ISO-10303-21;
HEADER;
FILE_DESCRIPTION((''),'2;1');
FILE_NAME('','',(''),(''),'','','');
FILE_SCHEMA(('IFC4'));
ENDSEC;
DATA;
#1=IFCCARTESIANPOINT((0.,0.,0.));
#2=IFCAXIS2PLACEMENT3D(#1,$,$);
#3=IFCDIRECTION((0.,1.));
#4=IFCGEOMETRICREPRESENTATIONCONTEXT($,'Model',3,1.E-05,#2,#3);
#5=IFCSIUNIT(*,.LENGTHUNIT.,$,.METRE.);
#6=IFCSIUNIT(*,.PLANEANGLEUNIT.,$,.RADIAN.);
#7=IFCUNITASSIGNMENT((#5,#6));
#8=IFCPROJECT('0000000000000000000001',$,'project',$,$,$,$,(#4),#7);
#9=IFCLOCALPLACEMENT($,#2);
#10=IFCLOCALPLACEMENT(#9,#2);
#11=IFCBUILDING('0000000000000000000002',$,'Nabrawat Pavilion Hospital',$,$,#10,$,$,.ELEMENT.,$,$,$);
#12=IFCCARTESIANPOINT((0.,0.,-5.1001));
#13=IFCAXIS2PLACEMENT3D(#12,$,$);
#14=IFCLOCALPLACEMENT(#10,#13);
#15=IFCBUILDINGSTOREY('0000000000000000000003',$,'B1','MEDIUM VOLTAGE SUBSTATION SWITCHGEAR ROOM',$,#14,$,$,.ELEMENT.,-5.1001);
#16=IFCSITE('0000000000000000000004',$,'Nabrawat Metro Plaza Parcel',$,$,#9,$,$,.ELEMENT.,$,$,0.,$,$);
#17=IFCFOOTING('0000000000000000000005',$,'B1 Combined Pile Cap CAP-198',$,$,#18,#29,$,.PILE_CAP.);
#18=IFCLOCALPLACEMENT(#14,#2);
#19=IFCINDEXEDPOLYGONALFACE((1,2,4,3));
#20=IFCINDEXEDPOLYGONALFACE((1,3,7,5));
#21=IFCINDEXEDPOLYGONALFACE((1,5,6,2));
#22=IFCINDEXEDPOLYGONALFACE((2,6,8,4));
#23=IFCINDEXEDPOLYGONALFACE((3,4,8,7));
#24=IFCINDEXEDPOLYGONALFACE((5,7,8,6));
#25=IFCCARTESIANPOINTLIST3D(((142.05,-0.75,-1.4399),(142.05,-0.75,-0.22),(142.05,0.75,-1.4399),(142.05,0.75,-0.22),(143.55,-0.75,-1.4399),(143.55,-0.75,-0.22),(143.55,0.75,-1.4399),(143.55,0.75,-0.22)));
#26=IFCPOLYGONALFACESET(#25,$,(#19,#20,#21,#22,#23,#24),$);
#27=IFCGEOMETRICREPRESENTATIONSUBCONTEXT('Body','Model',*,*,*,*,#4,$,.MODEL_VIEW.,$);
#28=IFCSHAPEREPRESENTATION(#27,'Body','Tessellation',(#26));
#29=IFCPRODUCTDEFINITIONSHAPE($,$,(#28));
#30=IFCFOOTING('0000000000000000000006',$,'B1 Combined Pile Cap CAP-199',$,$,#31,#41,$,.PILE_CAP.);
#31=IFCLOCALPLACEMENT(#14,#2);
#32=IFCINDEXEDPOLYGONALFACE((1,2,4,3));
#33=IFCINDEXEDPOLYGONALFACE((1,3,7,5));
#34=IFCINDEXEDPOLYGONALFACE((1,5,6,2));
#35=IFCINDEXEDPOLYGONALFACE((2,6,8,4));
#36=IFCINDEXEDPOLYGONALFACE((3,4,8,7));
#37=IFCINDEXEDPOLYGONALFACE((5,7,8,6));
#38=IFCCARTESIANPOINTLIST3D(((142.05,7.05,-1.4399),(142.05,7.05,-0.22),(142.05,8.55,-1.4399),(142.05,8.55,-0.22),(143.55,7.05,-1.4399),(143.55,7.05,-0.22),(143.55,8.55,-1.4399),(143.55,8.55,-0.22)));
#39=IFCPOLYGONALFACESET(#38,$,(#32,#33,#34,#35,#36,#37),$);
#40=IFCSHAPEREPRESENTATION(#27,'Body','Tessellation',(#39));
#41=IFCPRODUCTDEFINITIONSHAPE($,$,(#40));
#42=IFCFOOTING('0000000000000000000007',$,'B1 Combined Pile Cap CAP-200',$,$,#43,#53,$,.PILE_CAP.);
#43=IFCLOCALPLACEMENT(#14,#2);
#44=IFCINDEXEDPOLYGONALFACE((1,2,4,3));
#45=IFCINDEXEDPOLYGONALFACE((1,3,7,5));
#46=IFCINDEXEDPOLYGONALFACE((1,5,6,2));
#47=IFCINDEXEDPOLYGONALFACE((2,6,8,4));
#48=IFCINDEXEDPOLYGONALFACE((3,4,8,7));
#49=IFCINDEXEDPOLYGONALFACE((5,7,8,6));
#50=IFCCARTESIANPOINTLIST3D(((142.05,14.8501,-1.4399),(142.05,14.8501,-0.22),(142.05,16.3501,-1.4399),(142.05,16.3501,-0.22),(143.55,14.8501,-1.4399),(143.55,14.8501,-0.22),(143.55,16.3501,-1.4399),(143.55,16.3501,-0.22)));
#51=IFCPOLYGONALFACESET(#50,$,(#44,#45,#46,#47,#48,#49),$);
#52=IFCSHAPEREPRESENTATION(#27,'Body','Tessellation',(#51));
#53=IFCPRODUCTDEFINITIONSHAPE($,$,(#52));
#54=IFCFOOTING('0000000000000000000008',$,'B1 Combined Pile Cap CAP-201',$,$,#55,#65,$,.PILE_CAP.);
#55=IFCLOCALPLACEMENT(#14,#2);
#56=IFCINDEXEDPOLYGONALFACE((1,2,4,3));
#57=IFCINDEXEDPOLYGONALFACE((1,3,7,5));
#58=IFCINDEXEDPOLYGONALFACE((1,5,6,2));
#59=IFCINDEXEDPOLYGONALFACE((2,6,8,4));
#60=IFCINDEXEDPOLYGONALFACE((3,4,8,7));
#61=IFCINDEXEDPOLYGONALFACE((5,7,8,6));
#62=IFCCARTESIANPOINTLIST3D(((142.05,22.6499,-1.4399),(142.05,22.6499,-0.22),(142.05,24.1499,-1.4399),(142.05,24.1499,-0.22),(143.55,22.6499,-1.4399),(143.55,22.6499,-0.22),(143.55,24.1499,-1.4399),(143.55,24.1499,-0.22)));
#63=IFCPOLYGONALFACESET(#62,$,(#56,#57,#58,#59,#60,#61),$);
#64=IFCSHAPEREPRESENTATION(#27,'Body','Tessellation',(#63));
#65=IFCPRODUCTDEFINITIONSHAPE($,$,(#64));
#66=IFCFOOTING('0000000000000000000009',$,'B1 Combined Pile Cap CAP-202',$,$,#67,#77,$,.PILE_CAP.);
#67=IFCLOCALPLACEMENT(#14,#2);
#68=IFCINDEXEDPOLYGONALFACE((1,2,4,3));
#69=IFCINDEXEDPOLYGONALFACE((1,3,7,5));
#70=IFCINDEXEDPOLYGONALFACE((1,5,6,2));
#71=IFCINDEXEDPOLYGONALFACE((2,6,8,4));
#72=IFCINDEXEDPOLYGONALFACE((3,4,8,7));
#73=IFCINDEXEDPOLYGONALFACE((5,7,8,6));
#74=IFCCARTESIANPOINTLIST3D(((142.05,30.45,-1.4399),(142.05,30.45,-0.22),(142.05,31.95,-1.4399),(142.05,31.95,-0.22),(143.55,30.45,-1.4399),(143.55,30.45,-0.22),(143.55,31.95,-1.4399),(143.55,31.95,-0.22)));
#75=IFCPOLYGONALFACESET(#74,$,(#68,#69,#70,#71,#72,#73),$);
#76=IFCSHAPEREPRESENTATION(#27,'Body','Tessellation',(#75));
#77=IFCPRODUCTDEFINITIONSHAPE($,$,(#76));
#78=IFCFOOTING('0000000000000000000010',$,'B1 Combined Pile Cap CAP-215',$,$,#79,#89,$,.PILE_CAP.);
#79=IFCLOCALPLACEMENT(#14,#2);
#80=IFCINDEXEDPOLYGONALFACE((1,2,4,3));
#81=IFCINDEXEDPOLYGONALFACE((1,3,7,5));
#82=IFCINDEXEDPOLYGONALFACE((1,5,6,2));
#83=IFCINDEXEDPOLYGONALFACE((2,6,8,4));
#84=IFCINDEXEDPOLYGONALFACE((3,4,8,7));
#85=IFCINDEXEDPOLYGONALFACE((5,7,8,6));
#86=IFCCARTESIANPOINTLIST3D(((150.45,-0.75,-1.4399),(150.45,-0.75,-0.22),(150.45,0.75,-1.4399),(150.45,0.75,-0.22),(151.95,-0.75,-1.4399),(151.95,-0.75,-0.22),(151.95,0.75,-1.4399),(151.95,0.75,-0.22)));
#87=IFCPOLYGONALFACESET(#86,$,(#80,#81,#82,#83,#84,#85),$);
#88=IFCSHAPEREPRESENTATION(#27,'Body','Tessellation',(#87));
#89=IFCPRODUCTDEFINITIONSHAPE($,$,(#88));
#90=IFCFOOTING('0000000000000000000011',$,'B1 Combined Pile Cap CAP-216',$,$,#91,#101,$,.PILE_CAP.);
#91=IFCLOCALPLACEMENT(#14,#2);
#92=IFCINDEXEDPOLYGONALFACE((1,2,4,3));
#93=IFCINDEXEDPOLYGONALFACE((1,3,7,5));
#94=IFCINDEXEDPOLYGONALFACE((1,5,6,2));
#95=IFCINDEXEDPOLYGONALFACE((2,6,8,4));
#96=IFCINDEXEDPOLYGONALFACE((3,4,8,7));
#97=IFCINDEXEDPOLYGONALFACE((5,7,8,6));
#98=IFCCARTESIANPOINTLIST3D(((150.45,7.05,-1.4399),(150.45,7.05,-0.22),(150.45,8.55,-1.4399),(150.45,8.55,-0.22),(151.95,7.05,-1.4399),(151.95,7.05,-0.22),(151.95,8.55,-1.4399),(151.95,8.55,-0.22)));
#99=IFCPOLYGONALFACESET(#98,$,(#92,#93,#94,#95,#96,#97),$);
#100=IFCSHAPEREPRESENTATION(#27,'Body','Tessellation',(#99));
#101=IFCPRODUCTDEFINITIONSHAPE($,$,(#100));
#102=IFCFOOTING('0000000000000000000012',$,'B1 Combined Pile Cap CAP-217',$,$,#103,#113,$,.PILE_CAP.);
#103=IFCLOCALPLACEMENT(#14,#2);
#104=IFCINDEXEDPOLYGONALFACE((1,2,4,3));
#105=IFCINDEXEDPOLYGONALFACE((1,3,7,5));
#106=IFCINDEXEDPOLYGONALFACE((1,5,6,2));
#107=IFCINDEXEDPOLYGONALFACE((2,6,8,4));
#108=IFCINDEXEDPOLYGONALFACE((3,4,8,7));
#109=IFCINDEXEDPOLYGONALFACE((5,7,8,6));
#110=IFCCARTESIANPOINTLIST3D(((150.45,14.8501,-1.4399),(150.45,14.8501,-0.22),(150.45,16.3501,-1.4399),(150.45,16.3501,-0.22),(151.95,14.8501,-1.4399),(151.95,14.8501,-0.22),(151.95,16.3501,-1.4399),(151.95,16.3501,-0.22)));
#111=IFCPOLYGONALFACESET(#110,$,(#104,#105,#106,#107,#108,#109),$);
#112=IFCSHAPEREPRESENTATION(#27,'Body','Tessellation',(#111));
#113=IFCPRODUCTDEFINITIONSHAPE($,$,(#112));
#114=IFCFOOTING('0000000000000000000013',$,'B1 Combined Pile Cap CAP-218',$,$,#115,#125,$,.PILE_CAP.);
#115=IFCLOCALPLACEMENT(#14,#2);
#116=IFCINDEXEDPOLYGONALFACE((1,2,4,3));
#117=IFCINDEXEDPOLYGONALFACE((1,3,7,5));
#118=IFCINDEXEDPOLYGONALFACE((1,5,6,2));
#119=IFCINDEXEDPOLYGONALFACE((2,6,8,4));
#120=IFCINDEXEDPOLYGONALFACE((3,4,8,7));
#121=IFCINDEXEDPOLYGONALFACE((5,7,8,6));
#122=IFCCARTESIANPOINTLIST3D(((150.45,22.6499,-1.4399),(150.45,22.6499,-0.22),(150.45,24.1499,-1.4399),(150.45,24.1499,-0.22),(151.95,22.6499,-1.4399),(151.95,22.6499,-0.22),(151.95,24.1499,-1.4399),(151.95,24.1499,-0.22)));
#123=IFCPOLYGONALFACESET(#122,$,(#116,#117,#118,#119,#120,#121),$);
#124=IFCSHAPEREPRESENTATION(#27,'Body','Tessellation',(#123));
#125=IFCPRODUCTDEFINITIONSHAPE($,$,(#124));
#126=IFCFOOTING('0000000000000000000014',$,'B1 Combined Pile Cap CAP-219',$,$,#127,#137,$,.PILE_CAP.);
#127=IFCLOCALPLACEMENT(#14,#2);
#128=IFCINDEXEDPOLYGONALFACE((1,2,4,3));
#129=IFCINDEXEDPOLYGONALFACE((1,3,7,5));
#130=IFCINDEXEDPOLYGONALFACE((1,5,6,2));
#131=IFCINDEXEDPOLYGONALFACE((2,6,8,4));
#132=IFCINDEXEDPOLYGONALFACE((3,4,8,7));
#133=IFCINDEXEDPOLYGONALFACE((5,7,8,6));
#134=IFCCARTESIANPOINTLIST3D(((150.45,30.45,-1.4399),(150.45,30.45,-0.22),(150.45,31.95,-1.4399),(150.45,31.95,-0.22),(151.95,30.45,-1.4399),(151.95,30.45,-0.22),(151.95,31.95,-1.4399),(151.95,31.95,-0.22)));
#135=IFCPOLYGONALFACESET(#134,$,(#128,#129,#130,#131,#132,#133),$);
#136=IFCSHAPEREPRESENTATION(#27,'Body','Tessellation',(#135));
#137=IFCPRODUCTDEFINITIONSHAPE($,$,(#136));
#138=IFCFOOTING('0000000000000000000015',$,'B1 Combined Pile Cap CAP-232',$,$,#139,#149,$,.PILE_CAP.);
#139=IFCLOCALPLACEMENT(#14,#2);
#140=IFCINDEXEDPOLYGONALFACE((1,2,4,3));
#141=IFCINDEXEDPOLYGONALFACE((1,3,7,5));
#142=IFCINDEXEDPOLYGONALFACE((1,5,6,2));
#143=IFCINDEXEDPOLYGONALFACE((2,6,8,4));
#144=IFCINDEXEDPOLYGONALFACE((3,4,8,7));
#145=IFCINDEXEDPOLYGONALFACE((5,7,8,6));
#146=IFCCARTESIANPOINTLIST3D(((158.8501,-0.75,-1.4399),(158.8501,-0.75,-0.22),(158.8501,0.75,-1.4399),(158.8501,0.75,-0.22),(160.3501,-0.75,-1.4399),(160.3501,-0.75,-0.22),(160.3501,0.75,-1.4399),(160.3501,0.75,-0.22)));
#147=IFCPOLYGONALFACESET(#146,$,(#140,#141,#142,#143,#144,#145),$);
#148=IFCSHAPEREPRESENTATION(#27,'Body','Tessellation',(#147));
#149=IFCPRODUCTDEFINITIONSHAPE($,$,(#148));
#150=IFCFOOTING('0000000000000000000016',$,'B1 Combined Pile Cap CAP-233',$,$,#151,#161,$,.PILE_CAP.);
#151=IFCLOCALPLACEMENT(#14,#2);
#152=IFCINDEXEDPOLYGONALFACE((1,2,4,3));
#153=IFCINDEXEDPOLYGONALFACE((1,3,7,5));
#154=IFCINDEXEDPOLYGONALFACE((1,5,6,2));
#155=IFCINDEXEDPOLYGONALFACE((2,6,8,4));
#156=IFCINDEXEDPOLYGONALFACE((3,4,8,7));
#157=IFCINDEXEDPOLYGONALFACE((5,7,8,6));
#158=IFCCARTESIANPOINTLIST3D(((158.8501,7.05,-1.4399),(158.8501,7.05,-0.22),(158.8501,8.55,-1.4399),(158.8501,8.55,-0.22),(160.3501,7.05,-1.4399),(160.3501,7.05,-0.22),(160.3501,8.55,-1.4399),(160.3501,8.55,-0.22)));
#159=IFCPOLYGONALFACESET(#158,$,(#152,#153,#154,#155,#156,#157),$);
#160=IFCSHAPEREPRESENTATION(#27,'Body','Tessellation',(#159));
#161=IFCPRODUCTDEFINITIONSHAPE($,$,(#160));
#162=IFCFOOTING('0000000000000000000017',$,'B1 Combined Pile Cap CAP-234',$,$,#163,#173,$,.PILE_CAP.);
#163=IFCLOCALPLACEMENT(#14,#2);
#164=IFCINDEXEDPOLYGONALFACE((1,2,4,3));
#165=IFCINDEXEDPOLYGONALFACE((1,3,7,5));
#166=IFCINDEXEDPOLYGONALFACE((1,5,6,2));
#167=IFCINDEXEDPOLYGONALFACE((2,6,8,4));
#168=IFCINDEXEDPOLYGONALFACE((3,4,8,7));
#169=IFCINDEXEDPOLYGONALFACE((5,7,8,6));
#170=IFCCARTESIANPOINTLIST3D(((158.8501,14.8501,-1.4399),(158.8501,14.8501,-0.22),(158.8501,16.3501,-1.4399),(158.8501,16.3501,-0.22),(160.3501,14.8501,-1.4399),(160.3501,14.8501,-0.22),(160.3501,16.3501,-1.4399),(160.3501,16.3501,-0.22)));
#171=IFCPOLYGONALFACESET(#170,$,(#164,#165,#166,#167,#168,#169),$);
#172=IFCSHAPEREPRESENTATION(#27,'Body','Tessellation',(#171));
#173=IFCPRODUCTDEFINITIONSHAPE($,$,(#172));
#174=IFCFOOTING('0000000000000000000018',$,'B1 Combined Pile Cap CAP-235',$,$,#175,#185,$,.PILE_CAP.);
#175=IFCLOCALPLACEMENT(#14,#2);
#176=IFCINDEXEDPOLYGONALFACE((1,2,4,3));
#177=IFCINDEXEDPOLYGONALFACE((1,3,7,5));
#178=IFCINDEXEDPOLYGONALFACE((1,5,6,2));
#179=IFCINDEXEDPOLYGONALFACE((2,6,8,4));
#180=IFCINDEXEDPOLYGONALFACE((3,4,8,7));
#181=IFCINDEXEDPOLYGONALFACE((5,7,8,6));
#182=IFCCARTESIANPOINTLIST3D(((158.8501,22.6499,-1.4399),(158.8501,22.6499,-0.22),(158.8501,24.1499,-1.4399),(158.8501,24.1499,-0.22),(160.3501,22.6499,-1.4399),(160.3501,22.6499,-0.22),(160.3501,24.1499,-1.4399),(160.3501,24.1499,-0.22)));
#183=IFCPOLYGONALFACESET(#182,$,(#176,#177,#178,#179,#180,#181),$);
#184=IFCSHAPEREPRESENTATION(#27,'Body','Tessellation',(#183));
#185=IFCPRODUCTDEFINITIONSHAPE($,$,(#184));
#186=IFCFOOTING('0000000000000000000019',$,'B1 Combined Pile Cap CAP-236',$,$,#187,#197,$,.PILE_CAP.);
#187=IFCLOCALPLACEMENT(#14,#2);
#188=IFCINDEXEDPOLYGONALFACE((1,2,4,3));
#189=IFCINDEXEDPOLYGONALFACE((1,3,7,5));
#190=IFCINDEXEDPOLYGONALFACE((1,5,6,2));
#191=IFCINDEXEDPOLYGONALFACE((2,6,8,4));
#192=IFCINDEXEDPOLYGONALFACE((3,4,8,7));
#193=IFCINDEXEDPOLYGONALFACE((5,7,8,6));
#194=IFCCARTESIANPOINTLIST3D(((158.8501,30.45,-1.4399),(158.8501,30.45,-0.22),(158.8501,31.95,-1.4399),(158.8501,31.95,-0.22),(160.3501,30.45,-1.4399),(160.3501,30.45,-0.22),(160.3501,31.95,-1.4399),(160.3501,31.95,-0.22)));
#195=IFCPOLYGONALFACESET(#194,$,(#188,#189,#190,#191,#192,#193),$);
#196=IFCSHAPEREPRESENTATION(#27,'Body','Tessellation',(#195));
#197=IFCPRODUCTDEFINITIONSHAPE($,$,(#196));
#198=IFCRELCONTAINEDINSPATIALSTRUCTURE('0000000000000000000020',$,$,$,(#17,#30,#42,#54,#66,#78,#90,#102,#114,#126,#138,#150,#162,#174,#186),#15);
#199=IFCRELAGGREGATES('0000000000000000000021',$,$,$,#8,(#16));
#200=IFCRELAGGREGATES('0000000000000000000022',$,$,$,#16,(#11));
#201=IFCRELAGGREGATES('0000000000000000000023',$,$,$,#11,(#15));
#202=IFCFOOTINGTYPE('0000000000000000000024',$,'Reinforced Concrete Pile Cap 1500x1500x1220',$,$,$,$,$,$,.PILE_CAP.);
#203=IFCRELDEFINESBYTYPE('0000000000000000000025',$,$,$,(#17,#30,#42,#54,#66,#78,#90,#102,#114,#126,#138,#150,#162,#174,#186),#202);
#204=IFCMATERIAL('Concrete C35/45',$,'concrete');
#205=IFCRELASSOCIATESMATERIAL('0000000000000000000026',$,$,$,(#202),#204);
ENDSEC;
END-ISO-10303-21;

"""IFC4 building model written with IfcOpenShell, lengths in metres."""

from ifc_helpers import new_model, si_unit, direction, frame, origin, place, context, subcontext, project, spatial, polyline, outline, extrude, material, type_object, element, save


model = new_model("IFC4")

# Units and contexts
model_context = context("Model", 3, precision=1e-05, world=origin(), true_north=direction((0.0, 1.0)))
body_context = subcontext(model_context, "Body", "Model", "MODEL_VIEW")
ifc_project = project(units=[si_unit("LENGTHUNIT", "METRE"), si_unit("PLANEANGLEUNIT", "RADIAN")], contexts=[model_context])

# Site, building, storey
site_placement = place(None, origin())
site = spatial("IfcSite", under=ifc_project, at=site_placement, Name="Nabrawat Metro Plaza Parcel", CompositionType="ELEMENT", RefElevation=0.0)
building_placement = place(site_placement, origin())
building = spatial("IfcBuilding", under=site, at=building_placement, Name="Nabrawat Pavilion Hospital", CompositionType="ELEMENT")
storey_placement = place(building_placement, frame((0.0, 0.0, -5.1001)))
storey = spatial("IfcBuildingStorey", under=building, at=storey_placement, Name="B1", Description="MEDIUM VOLTAGE SUBSTATION SWITCHGEAR ROOM", CompositionType="ELEMENT", Elevation=-5.1001)

# Footings
ifc_material = material(Name="Concrete C35/45", Category="concrete")
footing_type = type_object("IfcFootingType", Name="Reinforced Concrete Pile Cap 1500x1500x1220", PredefinedType="PILE_CAP", material=ifc_material)
footing_1_placement = place(storey_placement, frame((0.0, 0.0, -1.4399)))
element("IfcFooting", 1, at=footing_1_placement, inside=storey, type_object=footing_type, Name="B1 Combined Pile Cap CAP-198", PredefinedType="PILE_CAP", context=body_context, shape_type="SweptSolid", body=[
    extrude(outline(polyline([(143.55, -0.75), (143.55, 0.75), (142.05, 0.75), (142.05, -0.75), (143.55, -0.75)])), origin(), (0.0, 0.0, 1.0), 1.22),
])
footing_2_placement = place(storey_placement, frame((0.0, 0.0, -1.4399)))
element("IfcFooting", 2, at=footing_2_placement, inside=storey, type_object=footing_type, Name="B1 Combined Pile Cap CAP-199", PredefinedType="PILE_CAP", context=body_context, shape_type="SweptSolid", body=[
    extrude(outline(polyline([(143.55, 7.05), (143.55, 8.55), (142.05, 8.55), (142.05, 7.05), (143.55, 7.05)])), origin(), (0.0, 0.0, 1.0), 1.22),
])
footing_3_placement = place(storey_placement, frame((0.0, 0.0, -1.4399)))
element("IfcFooting", 3, at=footing_3_placement, inside=storey, type_object=footing_type, Name="B1 Combined Pile Cap CAP-200", PredefinedType="PILE_CAP", context=body_context, shape_type="SweptSolid", body=[
    extrude(outline(polyline([(143.55, 14.8501), (143.55, 16.3501), (142.05, 16.3501), (142.05, 14.8501), (143.55, 14.8501)])), origin(), (0.0, 0.0, 1.0), 1.22),
])
footing_4_placement = place(storey_placement, frame((0.0, 0.0, -1.4399)))
element("IfcFooting", 4, at=footing_4_placement, inside=storey, type_object=footing_type, Name="B1 Combined Pile Cap CAP-201", PredefinedType="PILE_CAP", context=body_context, shape_type="SweptSolid", body=[
    extrude(outline(polyline([(143.55, 22.6499), (143.55, 24.1499), (142.05, 24.1499), (142.05, 22.6499), (143.55, 22.6499)])), origin(), (0.0, 0.0, 1.0), 1.22),
])
footing_5_placement = place(storey_placement, frame((0.0, 0.0, -1.4399)))
element("IfcFooting", 5, at=footing_5_placement, inside=storey, type_object=footing_type, Name="B1 Combined Pile Cap CAP-202", PredefinedType="PILE_CAP", context=body_context, shape_type="SweptSolid", body=[
    extrude(outline(polyline([(143.55, 30.45), (143.55, 31.95), (142.05, 31.95), (142.05, 30.45), (143.55, 30.45)])), origin(), (0.0, 0.0, 1.0), 1.22),
])
footing_6_placement = place(storey_placement, frame((0.0, 0.0, -1.4399)))
element("IfcFooting", 6, at=footing_6_placement, inside=storey, type_object=footing_type, Name="B1 Combined Pile Cap CAP-215", PredefinedType="PILE_CAP", context=body_context, shape_type="SweptSolid", body=[
    extrude(outline(polyline([(151.95, -0.75), (151.95, 0.75), (150.45, 0.75), (150.45, -0.75), (151.95, -0.75)])), origin(), (0.0, 0.0, 1.0), 1.22),
])
footing_7_placement = place(storey_placement, frame((0.0, 0.0, -1.4399)))
element("IfcFooting", 7, at=footing_7_placement, inside=storey, type_object=footing_type, Name="B1 Combined Pile Cap CAP-216", PredefinedType="PILE_CAP", context=body_context, shape_type="SweptSolid", body=[
    extrude(outline(polyline([(151.95, 7.05), (151.95, 8.55), (150.45, 8.55), (150.45, 7.05), (151.95, 7.05)])), origin(), (0.0, 0.0, 1.0), 1.22),
])
footing_8_placement = place(storey_placement, frame((0.0, 0.0, -1.4399)))
element("IfcFooting", 8, at=footing_8_placement, inside=storey, type_object=footing_type, Name="B1 Combined Pile Cap CAP-217", PredefinedType="PILE_CAP", context=body_context, shape_type="SweptSolid", body=[
    extrude(outline(polyline([(151.95, 14.8501), (151.95, 16.3501), (150.45, 16.3501), (150.45, 14.8501), (151.95, 14.8501)])), origin(), (0.0, 0.0, 1.0), 1.22),
])
footing_9_placement = place(storey_placement, frame((0.0, 0.0, -1.4399)))
element("IfcFooting", 9, at=footing_9_placement, inside=storey, type_object=footing_type, Name="B1 Combined Pile Cap CAP-218", PredefinedType="PILE_CAP", context=body_context, shape_type="SweptSolid", body=[
    extrude(outline(polyline([(151.95, 22.6499), (151.95, 24.1499), (150.45, 24.1499), (150.45, 22.6499), (151.95, 22.6499)])), origin(), (0.0, 0.0, 1.0), 1.22),
])
footing_10_placement = place(storey_placement, frame((0.0, 0.0, -1.4399)))
element("IfcFooting", 10, at=footing_10_placement, inside=storey, type_object=footing_type, Name="B1 Combined Pile Cap CAP-219", PredefinedType="PILE_CAP", context=body_context, shape_type="SweptSolid", body=[
    extrude(outline(polyline([(151.95, 30.45), (151.95, 31.95), (150.45, 31.95), (150.45, 30.45), (151.95, 30.45)])), origin(), (0.0, 0.0, 1.0), 1.22),
])
footing_11_placement = place(storey_placement, frame((0.0, 0.0, -1.4399)))
element("IfcFooting", 11, at=footing_11_placement, inside=storey, type_object=footing_type, Name="B1 Combined Pile Cap CAP-232", PredefinedType="PILE_CAP", context=body_context, shape_type="SweptSolid", body=[
    extrude(outline(polyline([(160.3501, -0.75), (160.3501, 0.75), (158.8501, 0.75), (158.8501, -0.75), (160.3501, -0.75)])), origin(), (0.0, 0.0, 1.0), 1.22),
])
footing_12_placement = place(storey_placement, frame((0.0, 0.0, -1.4399)))
element("IfcFooting", 12, at=footing_12_placement, inside=storey, type_object=footing_type, Name="B1 Combined Pile Cap CAP-233", PredefinedType="PILE_CAP", context=body_context, shape_type="SweptSolid", body=[
    extrude(outline(polyline([(160.3501, 7.05), (160.3501, 8.55), (158.8501, 8.55), (158.8501, 7.05), (160.3501, 7.05)])), origin(), (0.0, 0.0, 1.0), 1.22),
])
footing_13_placement = place(storey_placement, frame((0.0, 0.0, -1.4399)))
element("IfcFooting", 13, at=footing_13_placement, inside=storey, type_object=footing_type, Name="B1 Combined Pile Cap CAP-234", PredefinedType="PILE_CAP", context=body_context, shape_type="SweptSolid", body=[
    extrude(outline(polyline([(160.3501, 14.8501), (160.3501, 16.3501), (158.8501, 16.3501), (158.8501, 14.8501), (160.3501, 14.8501)])), origin(), (0.0, 0.0, 1.0), 1.22),
])
footing_14_placement = place(storey_placement, frame((0.0, 0.0, -1.4399)))
element("IfcFooting", 14, at=footing_14_placement, inside=storey, type_object=footing_type, Name="B1 Combined Pile Cap CAP-235", PredefinedType="PILE_CAP", context=body_context, shape_type="SweptSolid", body=[
    extrude(outline(polyline([(160.3501, 22.6499), (160.3501, 24.1499), (158.8501, 24.1499), (158.8501, 22.6499), (160.3501, 22.6499)])), origin(), (0.0, 0.0, 1.0), 1.22),
])
footing_15_placement = place(storey_placement, frame((0.0, 0.0, -1.4399)))
element("IfcFooting", 15, at=footing_15_placement, inside=storey, type_object=footing_type, Name="B1 Combined Pile Cap CAP-236", PredefinedType="PILE_CAP", context=body_context, shape_type="SweptSolid", body=[
    extrude(outline(polyline([(160.3501, 30.45), (160.3501, 31.95), (158.8501, 31.95), (158.8501, 30.45), (160.3501, 30.45)])), origin(), (0.0, 0.0, 1.0), 1.22),
])

save(model, "model.ifc")
